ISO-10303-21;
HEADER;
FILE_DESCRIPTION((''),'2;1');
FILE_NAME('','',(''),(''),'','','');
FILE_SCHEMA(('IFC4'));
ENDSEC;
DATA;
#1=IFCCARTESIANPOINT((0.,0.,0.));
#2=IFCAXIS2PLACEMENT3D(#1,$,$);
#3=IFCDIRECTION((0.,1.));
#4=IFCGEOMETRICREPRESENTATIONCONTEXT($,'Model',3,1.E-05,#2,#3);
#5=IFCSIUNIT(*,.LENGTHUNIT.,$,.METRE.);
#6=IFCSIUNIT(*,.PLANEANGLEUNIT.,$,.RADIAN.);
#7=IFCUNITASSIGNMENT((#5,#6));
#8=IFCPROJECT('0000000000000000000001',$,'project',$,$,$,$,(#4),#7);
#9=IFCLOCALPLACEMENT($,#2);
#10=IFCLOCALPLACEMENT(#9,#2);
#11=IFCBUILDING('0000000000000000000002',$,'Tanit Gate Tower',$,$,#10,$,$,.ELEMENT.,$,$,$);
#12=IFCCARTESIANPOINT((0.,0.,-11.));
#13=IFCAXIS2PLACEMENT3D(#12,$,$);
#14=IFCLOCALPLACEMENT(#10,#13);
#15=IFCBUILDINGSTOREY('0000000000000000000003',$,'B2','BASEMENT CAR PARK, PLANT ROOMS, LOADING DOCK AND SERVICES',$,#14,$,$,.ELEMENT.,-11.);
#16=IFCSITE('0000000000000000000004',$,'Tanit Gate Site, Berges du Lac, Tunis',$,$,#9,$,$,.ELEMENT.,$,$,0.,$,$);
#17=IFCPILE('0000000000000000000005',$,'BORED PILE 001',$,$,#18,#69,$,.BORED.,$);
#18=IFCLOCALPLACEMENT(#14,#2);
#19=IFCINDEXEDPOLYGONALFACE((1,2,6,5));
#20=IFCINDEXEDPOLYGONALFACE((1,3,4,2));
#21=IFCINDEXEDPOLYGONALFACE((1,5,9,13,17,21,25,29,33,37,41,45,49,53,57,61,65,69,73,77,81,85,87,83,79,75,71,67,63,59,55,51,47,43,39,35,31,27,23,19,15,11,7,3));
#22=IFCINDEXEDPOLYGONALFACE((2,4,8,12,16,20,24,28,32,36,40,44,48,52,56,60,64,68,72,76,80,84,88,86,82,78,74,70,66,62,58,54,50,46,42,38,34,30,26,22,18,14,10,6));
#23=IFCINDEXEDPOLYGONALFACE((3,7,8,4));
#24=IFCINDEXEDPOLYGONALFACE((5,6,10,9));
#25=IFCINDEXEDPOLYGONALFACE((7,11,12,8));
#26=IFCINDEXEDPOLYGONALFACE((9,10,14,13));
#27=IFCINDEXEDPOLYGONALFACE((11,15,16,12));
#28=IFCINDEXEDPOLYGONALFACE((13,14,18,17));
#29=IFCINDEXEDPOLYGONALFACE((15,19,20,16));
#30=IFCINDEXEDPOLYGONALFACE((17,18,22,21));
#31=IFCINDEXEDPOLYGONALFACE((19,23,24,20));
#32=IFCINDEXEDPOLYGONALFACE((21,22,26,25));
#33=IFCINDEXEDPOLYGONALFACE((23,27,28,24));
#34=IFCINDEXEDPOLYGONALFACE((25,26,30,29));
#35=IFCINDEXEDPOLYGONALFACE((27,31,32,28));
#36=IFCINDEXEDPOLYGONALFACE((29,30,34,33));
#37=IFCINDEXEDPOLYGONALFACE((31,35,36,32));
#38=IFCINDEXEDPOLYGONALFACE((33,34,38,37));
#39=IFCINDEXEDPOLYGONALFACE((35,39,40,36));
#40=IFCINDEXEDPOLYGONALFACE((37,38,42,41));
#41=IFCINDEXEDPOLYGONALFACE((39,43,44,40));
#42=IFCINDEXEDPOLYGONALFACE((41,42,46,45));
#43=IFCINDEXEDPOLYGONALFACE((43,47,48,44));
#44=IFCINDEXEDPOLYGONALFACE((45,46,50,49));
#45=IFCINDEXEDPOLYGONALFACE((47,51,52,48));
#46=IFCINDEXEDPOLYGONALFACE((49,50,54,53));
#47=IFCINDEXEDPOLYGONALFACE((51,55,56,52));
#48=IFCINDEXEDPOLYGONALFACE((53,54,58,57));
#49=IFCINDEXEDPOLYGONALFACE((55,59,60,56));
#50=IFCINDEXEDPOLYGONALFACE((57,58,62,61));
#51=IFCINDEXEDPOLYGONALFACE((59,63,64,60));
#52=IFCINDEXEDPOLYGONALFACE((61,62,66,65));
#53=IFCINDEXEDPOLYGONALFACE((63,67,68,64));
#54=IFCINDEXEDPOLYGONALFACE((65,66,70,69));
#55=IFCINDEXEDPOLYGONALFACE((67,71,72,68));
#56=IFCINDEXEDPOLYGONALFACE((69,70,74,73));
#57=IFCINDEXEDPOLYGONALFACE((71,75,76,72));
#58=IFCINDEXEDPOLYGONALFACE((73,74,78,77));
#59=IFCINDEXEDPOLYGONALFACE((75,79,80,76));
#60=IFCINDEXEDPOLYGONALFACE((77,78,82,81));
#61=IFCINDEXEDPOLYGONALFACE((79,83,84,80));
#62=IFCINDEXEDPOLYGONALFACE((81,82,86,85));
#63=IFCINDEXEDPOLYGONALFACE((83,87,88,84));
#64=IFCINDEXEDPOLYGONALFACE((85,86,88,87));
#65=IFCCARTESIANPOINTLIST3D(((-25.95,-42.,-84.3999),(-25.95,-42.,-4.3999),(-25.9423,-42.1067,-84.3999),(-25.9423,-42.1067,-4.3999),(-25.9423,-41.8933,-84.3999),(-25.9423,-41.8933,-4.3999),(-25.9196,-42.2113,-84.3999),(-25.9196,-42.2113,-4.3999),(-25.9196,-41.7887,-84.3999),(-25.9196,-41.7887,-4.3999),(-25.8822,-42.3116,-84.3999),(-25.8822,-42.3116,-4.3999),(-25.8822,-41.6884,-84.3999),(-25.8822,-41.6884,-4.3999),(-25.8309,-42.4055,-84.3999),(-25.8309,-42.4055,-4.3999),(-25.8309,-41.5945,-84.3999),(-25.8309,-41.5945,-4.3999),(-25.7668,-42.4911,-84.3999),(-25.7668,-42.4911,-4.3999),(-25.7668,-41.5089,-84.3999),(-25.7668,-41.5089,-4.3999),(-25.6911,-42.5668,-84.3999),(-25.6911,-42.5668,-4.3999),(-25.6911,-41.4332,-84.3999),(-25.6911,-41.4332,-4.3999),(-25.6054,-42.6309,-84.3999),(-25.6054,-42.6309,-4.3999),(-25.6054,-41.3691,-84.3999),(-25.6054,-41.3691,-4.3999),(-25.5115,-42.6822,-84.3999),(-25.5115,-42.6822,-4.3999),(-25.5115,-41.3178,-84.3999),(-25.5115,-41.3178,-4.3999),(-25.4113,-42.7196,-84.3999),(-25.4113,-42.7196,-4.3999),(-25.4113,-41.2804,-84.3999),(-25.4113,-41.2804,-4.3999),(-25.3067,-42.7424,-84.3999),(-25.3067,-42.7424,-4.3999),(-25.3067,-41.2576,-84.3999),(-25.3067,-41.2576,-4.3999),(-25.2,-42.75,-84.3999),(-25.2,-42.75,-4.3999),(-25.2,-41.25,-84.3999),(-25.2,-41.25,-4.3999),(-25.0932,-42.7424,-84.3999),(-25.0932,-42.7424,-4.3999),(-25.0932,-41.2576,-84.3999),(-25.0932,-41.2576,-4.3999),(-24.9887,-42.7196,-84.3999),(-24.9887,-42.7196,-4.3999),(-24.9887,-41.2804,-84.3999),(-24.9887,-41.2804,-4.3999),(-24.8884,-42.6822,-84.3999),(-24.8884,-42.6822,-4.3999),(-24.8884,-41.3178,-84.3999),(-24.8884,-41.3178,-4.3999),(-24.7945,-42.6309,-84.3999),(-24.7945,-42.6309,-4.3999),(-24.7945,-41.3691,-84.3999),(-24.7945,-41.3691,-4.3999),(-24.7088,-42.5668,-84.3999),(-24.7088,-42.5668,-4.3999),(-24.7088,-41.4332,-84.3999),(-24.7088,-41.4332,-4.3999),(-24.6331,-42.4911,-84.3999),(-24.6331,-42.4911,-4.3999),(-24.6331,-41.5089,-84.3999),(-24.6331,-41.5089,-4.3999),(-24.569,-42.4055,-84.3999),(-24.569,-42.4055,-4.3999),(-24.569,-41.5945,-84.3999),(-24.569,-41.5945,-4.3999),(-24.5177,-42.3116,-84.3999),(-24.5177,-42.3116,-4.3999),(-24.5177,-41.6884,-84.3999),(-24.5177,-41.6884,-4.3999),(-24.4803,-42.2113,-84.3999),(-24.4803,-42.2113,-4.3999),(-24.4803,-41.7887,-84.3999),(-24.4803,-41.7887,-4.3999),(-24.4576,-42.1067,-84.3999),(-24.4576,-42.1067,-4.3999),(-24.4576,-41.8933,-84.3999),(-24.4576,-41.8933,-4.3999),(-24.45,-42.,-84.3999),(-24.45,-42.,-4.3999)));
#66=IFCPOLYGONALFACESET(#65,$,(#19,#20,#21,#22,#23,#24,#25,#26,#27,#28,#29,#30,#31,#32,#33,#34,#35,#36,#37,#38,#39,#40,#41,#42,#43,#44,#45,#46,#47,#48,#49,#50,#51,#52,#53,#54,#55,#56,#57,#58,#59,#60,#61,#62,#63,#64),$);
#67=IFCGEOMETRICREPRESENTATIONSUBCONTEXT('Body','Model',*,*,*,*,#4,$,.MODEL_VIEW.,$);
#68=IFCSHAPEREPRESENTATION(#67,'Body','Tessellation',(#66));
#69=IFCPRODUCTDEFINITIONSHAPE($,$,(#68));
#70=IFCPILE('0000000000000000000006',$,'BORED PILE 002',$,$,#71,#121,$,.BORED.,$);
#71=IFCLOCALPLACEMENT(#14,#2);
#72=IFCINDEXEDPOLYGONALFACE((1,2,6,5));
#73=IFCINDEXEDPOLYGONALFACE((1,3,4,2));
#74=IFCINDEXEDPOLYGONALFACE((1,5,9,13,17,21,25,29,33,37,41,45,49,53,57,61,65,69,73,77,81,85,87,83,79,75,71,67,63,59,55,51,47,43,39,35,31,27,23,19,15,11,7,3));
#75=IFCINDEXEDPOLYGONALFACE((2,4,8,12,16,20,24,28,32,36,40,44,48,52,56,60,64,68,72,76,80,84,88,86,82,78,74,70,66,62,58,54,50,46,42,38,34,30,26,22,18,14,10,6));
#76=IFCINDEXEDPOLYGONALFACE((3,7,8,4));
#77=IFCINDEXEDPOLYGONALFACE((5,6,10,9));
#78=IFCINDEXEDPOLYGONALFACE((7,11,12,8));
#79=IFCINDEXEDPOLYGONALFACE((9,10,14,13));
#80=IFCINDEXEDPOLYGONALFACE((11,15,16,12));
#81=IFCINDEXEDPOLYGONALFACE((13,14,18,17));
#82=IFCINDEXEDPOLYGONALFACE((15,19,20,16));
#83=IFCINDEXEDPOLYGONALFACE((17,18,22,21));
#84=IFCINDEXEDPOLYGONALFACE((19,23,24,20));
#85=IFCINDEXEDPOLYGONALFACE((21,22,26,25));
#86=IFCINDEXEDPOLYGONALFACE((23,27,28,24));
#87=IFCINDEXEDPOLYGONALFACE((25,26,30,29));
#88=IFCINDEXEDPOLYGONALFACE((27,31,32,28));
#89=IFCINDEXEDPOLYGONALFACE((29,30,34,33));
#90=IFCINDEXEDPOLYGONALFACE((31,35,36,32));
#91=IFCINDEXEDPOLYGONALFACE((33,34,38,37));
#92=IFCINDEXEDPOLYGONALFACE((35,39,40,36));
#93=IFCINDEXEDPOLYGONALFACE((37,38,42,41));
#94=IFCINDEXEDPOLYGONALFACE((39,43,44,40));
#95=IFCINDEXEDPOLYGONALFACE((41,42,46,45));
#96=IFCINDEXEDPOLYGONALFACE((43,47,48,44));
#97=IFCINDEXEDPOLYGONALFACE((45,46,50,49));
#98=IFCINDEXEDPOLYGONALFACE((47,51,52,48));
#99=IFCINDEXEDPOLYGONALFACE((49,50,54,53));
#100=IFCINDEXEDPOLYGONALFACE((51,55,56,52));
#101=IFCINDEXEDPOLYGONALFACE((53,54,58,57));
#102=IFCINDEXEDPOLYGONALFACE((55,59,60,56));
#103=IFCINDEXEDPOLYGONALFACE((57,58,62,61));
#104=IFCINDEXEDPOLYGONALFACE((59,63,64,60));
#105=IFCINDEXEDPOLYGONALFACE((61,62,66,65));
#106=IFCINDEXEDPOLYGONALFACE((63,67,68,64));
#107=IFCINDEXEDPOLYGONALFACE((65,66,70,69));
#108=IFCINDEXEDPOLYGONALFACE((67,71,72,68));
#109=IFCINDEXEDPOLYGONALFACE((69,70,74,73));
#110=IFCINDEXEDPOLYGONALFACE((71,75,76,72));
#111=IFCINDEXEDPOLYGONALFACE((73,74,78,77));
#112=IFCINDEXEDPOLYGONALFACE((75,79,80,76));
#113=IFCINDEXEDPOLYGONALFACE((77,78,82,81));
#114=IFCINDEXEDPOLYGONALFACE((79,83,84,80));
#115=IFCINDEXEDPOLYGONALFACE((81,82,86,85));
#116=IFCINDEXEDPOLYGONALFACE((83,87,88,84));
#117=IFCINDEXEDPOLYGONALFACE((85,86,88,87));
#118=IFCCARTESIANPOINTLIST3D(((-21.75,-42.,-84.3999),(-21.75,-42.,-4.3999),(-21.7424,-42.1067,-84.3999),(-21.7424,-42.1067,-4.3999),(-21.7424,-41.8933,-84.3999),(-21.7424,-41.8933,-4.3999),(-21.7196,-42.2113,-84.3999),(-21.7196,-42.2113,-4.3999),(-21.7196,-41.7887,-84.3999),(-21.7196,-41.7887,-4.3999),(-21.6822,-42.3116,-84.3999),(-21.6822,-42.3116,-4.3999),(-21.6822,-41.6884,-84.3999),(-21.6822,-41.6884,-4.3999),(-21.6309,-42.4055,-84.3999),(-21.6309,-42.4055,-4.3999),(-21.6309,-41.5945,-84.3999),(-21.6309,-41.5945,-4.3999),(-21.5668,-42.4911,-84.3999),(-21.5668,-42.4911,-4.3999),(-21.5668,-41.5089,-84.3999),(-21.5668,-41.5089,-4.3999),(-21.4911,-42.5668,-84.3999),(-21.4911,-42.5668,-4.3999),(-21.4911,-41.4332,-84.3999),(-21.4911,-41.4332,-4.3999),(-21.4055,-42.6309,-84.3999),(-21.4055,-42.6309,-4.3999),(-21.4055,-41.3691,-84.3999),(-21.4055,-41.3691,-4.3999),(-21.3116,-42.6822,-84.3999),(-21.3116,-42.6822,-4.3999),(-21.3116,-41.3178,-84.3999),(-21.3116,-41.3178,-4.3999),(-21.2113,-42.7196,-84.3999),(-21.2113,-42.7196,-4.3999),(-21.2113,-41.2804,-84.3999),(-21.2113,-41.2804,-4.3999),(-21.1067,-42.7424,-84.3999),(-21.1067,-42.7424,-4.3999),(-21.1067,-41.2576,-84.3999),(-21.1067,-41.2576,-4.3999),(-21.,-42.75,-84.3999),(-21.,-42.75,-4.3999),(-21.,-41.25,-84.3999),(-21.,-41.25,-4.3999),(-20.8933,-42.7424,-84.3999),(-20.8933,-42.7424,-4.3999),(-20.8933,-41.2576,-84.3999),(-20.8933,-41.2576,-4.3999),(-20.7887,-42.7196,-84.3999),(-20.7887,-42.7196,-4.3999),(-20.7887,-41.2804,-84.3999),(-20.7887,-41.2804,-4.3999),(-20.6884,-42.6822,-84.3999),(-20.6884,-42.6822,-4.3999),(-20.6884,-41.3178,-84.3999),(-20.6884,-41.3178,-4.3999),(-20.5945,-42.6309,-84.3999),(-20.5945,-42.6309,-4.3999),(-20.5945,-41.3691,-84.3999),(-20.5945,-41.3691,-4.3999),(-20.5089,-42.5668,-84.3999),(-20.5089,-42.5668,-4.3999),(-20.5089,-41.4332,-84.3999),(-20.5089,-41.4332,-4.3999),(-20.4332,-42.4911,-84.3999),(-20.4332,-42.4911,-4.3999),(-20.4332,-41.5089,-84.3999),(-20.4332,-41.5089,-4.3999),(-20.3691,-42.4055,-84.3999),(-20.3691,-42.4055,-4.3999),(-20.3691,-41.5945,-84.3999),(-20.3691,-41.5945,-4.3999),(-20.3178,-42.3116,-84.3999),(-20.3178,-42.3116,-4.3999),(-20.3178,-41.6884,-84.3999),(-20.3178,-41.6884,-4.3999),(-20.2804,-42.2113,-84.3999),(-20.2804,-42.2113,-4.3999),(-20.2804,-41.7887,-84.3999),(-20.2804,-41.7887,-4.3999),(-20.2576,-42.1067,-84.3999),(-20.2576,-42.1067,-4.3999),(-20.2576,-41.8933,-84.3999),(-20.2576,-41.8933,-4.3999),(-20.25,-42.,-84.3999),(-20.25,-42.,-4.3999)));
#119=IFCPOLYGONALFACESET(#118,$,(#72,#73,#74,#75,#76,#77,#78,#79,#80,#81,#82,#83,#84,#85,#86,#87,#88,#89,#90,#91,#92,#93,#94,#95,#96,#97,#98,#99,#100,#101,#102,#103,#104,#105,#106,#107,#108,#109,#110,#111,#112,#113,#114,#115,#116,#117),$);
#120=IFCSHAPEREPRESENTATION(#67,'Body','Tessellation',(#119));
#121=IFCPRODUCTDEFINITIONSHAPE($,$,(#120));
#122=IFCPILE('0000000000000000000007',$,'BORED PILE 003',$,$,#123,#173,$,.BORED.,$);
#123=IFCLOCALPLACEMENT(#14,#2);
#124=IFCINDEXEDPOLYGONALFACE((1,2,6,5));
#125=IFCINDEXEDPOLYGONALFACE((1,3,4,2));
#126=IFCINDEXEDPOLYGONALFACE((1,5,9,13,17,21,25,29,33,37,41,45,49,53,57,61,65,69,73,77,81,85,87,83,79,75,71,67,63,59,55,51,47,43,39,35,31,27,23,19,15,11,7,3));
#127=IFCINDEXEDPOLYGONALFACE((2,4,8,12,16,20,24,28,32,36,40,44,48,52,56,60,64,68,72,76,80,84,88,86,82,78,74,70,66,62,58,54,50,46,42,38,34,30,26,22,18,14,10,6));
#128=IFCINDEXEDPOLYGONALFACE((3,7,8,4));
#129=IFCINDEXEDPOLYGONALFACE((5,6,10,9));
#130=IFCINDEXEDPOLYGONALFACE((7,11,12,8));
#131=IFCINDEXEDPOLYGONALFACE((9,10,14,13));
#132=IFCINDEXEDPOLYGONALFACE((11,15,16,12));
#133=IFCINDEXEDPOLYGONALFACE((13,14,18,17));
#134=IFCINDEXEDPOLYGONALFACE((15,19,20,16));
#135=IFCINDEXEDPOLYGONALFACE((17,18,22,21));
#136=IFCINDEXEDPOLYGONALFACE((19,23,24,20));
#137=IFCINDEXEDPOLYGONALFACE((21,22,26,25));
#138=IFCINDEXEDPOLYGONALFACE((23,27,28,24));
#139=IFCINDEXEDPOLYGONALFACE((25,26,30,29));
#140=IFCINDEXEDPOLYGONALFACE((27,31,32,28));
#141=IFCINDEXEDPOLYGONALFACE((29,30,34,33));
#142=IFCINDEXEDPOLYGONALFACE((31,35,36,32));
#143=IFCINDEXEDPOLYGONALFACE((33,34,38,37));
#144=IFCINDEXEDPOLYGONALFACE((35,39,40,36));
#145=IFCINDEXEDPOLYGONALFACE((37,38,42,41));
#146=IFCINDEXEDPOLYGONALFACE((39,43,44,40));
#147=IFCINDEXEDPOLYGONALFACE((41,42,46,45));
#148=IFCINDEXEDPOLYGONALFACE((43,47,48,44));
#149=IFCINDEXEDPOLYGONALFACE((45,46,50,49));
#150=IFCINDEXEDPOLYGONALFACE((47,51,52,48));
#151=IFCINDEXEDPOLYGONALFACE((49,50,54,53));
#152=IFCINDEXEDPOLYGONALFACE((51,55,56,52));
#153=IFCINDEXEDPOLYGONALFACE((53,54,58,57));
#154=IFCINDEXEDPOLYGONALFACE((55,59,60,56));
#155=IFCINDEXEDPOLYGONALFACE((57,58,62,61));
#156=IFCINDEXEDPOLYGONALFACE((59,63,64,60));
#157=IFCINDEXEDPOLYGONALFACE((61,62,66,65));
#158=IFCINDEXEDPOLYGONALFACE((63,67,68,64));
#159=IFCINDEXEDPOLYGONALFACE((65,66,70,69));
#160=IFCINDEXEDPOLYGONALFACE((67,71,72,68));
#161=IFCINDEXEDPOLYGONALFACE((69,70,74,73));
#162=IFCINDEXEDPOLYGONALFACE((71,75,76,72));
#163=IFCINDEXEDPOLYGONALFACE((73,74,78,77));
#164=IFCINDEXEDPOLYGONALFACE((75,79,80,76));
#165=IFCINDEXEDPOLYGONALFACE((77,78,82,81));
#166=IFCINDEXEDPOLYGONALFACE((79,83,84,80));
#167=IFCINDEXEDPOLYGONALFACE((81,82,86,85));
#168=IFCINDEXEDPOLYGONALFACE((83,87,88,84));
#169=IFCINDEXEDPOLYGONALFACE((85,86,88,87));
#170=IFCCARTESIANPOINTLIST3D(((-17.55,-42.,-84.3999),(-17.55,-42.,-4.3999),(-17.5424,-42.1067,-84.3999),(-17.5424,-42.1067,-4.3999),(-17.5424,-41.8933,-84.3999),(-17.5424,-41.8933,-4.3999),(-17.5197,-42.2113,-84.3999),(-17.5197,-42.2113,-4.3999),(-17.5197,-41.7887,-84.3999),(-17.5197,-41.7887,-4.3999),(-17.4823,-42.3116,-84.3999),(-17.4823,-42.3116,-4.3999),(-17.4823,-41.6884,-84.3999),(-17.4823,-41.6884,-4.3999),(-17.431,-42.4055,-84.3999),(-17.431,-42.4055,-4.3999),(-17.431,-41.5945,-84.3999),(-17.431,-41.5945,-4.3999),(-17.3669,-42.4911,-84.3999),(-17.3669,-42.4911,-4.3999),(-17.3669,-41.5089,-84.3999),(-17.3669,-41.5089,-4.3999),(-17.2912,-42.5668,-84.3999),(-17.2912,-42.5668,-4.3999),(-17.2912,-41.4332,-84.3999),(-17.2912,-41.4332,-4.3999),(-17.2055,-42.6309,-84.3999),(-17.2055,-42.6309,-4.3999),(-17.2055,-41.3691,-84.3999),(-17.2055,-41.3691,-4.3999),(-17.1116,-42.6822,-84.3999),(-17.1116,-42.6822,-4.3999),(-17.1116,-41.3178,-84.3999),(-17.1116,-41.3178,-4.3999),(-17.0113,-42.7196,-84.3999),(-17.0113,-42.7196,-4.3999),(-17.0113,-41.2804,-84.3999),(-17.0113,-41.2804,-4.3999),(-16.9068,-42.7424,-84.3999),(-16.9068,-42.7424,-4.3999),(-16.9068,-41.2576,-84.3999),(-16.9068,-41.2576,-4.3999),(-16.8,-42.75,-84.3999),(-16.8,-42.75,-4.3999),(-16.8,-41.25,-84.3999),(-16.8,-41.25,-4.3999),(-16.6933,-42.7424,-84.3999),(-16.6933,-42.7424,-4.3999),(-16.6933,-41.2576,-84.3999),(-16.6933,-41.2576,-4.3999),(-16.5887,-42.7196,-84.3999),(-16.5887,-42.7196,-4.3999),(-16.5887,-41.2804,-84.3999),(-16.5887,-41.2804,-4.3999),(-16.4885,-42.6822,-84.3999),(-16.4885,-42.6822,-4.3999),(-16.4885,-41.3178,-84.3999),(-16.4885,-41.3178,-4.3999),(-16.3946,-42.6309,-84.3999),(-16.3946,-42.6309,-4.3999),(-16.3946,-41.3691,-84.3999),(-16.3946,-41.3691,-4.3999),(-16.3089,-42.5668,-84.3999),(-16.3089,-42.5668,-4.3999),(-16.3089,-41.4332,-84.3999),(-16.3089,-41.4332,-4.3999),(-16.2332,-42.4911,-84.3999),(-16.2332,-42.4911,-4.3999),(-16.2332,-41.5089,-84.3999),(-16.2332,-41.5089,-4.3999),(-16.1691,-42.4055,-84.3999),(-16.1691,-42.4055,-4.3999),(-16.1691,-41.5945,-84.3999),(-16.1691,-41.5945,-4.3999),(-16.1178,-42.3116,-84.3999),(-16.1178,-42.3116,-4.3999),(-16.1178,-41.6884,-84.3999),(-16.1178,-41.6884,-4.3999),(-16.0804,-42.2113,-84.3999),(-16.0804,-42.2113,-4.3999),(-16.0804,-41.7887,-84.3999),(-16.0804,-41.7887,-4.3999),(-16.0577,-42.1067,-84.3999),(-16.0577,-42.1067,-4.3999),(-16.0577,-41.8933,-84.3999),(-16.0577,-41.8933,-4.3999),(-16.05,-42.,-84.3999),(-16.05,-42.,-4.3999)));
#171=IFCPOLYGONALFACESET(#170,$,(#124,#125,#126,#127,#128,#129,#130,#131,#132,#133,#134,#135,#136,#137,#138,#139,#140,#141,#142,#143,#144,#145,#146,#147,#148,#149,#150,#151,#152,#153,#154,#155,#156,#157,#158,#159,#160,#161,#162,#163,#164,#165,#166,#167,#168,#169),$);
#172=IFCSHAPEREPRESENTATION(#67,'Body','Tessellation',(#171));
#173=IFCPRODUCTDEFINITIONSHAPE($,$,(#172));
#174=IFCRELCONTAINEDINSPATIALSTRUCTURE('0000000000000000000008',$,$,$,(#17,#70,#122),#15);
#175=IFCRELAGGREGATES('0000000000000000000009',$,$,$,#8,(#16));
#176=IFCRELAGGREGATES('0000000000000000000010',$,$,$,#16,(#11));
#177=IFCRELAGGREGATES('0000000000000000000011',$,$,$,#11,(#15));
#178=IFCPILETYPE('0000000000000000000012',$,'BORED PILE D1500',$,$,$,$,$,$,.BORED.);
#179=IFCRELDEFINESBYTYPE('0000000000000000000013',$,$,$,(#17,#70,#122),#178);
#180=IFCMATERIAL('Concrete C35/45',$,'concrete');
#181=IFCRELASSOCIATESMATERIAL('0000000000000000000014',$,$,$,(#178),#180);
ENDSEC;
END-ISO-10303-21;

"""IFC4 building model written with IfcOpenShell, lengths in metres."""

from ifc_helpers import new_model, si_unit, direction, frame, origin, origin_2d, place, context, subcontext, project, spatial, circle, extrude, material, material_profile, profile_set, type_object, element, save


model = new_model("IFC4")

# Units and contexts
model_context = context("Model", 3, precision=1e-05, world=origin(), true_north=direction((0.0, 1.0)))
body_context = subcontext(model_context, "Body", "Model", "MODEL_VIEW")
ifc_project = project(units=[si_unit("LENGTHUNIT", "METRE"), si_unit("PLANEANGLEUNIT", "RADIAN")], contexts=[model_context])

# Site, building, storey
site_placement = place(None, origin())
site = spatial("IfcSite", under=ifc_project, at=site_placement, Name="Tanit Gate Site, Berges du Lac, Tunis", CompositionType="ELEMENT", RefElevation=0.0)
building_placement = place(site_placement, origin())
building = spatial("IfcBuilding", under=site, at=building_placement, Name="Tanit Gate Tower", CompositionType="ELEMENT")
storey_placement = place(building_placement, frame((0.0, 0.0, -11.0)))
storey = spatial("IfcBuildingStorey", under=building, at=storey_placement, Name="B2", Description="BASEMENT CAR PARK, PLANT ROOMS, LOADING DOCK AND SERVICES", CompositionType="ELEMENT", Elevation=-11.0)

# Piles
ifc_material_1 = material(Name="Concrete C35/45", Category="concrete")
ifc_material_profile_1 = material_profile(ifc_material_1, circle(Radius=0.75, at=origin_2d()), Name="BORED PILE D1500 C35/45")
ifc_profile_set_1 = profile_set([ifc_material_profile_1], Name="Concrete C35/45")
pile_type = type_object("IfcPileType", Name="BORED PILE D1500", PredefinedType="BORED", material=ifc_profile_set_1)
for number, where, z_axis, x_axis, name in (
    (1, (-25.2, -42.0, -4.3999), (0.0, 0.0, -1.0), (1.0, 0.0, 0.0), "BORED PILE 001"),
    (2, (-21.0, -42.0, -4.3999), (0.0, 0.0, -1.0), (1.0, 0.0, 0.0), "BORED PILE 002"),
    (3, (-16.8, -42.0, -4.3999), (0.0, 0.0, -1.0), (1.0, 0.0, 0.0), "BORED PILE 003"),
):
    element("IfcPile", number, at=place(storey_placement, frame(where, z_axis=z_axis, x_axis=x_axis)), inside=storey, type_object=pile_type, Name=name, PredefinedType="BORED", context=body_context, shape_type="SweptSolid", body=[
        extrude(circle(Radius=0.75, at=origin_2d()), origin(), (0.0, 0.0, 1.0), 80.0),
    ])

save(model, "model.ifc")
